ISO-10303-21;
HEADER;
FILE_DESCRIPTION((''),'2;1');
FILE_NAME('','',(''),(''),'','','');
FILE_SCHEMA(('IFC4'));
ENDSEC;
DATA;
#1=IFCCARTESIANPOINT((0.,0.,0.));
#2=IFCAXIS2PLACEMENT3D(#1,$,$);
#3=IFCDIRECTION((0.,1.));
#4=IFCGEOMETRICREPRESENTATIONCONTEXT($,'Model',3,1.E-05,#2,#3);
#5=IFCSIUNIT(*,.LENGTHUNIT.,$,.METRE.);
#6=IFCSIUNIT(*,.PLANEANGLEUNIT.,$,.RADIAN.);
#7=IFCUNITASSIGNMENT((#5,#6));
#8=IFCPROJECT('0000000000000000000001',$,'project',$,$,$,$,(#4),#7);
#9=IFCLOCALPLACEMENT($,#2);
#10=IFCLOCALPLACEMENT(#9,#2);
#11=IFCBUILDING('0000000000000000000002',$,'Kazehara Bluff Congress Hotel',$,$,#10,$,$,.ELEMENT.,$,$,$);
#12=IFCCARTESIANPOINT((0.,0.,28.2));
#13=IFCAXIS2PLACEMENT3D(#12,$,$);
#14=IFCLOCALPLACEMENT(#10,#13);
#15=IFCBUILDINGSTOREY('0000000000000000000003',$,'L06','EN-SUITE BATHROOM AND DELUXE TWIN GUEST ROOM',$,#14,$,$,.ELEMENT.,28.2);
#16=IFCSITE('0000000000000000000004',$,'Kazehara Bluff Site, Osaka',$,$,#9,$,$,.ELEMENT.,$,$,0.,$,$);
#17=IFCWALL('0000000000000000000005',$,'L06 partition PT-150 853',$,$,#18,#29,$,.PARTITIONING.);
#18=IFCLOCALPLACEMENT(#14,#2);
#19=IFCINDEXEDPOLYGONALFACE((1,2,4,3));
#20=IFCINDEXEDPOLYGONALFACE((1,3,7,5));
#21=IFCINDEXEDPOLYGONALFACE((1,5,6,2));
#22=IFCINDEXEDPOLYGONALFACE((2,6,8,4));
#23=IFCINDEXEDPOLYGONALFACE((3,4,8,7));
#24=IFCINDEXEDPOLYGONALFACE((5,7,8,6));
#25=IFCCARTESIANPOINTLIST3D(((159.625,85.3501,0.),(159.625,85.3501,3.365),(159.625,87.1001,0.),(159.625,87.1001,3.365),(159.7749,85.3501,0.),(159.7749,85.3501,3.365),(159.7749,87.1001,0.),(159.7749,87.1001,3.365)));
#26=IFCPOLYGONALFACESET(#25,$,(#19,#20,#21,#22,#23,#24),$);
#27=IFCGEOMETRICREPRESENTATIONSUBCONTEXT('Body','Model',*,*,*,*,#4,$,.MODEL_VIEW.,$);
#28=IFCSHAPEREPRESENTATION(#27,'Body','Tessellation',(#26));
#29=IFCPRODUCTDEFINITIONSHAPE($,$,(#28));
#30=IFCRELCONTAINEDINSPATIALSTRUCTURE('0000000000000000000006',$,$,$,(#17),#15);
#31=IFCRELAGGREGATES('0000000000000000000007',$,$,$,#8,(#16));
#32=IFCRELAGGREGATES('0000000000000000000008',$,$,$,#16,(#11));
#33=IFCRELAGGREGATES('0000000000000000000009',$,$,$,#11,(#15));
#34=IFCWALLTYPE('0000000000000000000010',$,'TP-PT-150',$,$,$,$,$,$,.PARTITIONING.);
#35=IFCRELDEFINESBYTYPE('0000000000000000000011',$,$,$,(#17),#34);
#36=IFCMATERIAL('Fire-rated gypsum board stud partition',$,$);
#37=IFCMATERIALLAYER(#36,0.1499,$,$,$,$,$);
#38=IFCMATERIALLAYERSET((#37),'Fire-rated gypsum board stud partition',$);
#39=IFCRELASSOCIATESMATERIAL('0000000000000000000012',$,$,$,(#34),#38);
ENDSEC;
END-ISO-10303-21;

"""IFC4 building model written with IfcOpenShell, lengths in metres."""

from ifc_helpers import new_model, si_unit, direction, frame, frame_2d, origin, place, context, subcontext, project, spatial, rectangle, extrude, material, layer, layer_set, type_object, element, save


model = new_model("IFC4")

# Units and contexts
model_context = context("Model", 3, precision=1e-05, world=origin(), true_north=direction((0.0, 1.0)))
body_context = subcontext(model_context, "Body", "Model", "MODEL_VIEW")
ifc_project = project(units=[si_unit("LENGTHUNIT", "METRE"), si_unit("PLANEANGLEUNIT", "RADIAN")], contexts=[model_context])

# Site, building, storey
site_placement = place(None, origin())
site = spatial("IfcSite", under=ifc_project, at=site_placement, Name="Kazehara Bluff Site, Osaka", CompositionType="ELEMENT", RefElevation=0.0)
building_placement = place(site_placement, origin())
building = spatial("IfcBuilding", under=site, at=building_placement, Name="Kazehara Bluff Congress Hotel", CompositionType="ELEMENT")
storey_placement = place(building_placement, frame((0.0, 0.0, 28.2)))
storey = spatial("IfcBuildingStorey", under=building, at=storey_placement, Name="L06", Description="EN-SUITE BATHROOM AND DELUXE TWIN GUEST ROOM", CompositionType="ELEMENT", Elevation=28.2)

# Shared definitions
ifc_material_1 = material(Name="Fire-rated gypsum board stud partition")
ifc_layer_1 = layer(ifc_material_1, 0.1499)
ifc_layer_set_1 = layer_set([ifc_layer_1], Name="Fire-rated gypsum board stud partition")
wall_type_1 = type_object("IfcWallType", Name="TP-PT-150", PredefinedType="PARTITIONING", material=ifc_layer_set_1)

# Wall
for number, where, z_axis, x_axis, name in (
    (1, (159.7, 85.3501, 0.0), (0.0, 0.0, 1.0), (0.0, 1.0, 0.0), "L06 partition PT-150 853"),
):
    element("IfcWall", number, at=place(storey_placement, frame(where, z_axis=z_axis, x_axis=x_axis)), inside=storey, type_object=wall_type_1, Name=name, PredefinedType="PARTITIONING", context=body_context, shape_type="SweptSolid", body=[
        extrude(rectangle(XDim=1.75, YDim=0.1499, at=frame_2d((0.875, 0.0))), origin(), (0.0, 0.0, 1.0), 3.365),
    ])

save(model, "model.ifc")
